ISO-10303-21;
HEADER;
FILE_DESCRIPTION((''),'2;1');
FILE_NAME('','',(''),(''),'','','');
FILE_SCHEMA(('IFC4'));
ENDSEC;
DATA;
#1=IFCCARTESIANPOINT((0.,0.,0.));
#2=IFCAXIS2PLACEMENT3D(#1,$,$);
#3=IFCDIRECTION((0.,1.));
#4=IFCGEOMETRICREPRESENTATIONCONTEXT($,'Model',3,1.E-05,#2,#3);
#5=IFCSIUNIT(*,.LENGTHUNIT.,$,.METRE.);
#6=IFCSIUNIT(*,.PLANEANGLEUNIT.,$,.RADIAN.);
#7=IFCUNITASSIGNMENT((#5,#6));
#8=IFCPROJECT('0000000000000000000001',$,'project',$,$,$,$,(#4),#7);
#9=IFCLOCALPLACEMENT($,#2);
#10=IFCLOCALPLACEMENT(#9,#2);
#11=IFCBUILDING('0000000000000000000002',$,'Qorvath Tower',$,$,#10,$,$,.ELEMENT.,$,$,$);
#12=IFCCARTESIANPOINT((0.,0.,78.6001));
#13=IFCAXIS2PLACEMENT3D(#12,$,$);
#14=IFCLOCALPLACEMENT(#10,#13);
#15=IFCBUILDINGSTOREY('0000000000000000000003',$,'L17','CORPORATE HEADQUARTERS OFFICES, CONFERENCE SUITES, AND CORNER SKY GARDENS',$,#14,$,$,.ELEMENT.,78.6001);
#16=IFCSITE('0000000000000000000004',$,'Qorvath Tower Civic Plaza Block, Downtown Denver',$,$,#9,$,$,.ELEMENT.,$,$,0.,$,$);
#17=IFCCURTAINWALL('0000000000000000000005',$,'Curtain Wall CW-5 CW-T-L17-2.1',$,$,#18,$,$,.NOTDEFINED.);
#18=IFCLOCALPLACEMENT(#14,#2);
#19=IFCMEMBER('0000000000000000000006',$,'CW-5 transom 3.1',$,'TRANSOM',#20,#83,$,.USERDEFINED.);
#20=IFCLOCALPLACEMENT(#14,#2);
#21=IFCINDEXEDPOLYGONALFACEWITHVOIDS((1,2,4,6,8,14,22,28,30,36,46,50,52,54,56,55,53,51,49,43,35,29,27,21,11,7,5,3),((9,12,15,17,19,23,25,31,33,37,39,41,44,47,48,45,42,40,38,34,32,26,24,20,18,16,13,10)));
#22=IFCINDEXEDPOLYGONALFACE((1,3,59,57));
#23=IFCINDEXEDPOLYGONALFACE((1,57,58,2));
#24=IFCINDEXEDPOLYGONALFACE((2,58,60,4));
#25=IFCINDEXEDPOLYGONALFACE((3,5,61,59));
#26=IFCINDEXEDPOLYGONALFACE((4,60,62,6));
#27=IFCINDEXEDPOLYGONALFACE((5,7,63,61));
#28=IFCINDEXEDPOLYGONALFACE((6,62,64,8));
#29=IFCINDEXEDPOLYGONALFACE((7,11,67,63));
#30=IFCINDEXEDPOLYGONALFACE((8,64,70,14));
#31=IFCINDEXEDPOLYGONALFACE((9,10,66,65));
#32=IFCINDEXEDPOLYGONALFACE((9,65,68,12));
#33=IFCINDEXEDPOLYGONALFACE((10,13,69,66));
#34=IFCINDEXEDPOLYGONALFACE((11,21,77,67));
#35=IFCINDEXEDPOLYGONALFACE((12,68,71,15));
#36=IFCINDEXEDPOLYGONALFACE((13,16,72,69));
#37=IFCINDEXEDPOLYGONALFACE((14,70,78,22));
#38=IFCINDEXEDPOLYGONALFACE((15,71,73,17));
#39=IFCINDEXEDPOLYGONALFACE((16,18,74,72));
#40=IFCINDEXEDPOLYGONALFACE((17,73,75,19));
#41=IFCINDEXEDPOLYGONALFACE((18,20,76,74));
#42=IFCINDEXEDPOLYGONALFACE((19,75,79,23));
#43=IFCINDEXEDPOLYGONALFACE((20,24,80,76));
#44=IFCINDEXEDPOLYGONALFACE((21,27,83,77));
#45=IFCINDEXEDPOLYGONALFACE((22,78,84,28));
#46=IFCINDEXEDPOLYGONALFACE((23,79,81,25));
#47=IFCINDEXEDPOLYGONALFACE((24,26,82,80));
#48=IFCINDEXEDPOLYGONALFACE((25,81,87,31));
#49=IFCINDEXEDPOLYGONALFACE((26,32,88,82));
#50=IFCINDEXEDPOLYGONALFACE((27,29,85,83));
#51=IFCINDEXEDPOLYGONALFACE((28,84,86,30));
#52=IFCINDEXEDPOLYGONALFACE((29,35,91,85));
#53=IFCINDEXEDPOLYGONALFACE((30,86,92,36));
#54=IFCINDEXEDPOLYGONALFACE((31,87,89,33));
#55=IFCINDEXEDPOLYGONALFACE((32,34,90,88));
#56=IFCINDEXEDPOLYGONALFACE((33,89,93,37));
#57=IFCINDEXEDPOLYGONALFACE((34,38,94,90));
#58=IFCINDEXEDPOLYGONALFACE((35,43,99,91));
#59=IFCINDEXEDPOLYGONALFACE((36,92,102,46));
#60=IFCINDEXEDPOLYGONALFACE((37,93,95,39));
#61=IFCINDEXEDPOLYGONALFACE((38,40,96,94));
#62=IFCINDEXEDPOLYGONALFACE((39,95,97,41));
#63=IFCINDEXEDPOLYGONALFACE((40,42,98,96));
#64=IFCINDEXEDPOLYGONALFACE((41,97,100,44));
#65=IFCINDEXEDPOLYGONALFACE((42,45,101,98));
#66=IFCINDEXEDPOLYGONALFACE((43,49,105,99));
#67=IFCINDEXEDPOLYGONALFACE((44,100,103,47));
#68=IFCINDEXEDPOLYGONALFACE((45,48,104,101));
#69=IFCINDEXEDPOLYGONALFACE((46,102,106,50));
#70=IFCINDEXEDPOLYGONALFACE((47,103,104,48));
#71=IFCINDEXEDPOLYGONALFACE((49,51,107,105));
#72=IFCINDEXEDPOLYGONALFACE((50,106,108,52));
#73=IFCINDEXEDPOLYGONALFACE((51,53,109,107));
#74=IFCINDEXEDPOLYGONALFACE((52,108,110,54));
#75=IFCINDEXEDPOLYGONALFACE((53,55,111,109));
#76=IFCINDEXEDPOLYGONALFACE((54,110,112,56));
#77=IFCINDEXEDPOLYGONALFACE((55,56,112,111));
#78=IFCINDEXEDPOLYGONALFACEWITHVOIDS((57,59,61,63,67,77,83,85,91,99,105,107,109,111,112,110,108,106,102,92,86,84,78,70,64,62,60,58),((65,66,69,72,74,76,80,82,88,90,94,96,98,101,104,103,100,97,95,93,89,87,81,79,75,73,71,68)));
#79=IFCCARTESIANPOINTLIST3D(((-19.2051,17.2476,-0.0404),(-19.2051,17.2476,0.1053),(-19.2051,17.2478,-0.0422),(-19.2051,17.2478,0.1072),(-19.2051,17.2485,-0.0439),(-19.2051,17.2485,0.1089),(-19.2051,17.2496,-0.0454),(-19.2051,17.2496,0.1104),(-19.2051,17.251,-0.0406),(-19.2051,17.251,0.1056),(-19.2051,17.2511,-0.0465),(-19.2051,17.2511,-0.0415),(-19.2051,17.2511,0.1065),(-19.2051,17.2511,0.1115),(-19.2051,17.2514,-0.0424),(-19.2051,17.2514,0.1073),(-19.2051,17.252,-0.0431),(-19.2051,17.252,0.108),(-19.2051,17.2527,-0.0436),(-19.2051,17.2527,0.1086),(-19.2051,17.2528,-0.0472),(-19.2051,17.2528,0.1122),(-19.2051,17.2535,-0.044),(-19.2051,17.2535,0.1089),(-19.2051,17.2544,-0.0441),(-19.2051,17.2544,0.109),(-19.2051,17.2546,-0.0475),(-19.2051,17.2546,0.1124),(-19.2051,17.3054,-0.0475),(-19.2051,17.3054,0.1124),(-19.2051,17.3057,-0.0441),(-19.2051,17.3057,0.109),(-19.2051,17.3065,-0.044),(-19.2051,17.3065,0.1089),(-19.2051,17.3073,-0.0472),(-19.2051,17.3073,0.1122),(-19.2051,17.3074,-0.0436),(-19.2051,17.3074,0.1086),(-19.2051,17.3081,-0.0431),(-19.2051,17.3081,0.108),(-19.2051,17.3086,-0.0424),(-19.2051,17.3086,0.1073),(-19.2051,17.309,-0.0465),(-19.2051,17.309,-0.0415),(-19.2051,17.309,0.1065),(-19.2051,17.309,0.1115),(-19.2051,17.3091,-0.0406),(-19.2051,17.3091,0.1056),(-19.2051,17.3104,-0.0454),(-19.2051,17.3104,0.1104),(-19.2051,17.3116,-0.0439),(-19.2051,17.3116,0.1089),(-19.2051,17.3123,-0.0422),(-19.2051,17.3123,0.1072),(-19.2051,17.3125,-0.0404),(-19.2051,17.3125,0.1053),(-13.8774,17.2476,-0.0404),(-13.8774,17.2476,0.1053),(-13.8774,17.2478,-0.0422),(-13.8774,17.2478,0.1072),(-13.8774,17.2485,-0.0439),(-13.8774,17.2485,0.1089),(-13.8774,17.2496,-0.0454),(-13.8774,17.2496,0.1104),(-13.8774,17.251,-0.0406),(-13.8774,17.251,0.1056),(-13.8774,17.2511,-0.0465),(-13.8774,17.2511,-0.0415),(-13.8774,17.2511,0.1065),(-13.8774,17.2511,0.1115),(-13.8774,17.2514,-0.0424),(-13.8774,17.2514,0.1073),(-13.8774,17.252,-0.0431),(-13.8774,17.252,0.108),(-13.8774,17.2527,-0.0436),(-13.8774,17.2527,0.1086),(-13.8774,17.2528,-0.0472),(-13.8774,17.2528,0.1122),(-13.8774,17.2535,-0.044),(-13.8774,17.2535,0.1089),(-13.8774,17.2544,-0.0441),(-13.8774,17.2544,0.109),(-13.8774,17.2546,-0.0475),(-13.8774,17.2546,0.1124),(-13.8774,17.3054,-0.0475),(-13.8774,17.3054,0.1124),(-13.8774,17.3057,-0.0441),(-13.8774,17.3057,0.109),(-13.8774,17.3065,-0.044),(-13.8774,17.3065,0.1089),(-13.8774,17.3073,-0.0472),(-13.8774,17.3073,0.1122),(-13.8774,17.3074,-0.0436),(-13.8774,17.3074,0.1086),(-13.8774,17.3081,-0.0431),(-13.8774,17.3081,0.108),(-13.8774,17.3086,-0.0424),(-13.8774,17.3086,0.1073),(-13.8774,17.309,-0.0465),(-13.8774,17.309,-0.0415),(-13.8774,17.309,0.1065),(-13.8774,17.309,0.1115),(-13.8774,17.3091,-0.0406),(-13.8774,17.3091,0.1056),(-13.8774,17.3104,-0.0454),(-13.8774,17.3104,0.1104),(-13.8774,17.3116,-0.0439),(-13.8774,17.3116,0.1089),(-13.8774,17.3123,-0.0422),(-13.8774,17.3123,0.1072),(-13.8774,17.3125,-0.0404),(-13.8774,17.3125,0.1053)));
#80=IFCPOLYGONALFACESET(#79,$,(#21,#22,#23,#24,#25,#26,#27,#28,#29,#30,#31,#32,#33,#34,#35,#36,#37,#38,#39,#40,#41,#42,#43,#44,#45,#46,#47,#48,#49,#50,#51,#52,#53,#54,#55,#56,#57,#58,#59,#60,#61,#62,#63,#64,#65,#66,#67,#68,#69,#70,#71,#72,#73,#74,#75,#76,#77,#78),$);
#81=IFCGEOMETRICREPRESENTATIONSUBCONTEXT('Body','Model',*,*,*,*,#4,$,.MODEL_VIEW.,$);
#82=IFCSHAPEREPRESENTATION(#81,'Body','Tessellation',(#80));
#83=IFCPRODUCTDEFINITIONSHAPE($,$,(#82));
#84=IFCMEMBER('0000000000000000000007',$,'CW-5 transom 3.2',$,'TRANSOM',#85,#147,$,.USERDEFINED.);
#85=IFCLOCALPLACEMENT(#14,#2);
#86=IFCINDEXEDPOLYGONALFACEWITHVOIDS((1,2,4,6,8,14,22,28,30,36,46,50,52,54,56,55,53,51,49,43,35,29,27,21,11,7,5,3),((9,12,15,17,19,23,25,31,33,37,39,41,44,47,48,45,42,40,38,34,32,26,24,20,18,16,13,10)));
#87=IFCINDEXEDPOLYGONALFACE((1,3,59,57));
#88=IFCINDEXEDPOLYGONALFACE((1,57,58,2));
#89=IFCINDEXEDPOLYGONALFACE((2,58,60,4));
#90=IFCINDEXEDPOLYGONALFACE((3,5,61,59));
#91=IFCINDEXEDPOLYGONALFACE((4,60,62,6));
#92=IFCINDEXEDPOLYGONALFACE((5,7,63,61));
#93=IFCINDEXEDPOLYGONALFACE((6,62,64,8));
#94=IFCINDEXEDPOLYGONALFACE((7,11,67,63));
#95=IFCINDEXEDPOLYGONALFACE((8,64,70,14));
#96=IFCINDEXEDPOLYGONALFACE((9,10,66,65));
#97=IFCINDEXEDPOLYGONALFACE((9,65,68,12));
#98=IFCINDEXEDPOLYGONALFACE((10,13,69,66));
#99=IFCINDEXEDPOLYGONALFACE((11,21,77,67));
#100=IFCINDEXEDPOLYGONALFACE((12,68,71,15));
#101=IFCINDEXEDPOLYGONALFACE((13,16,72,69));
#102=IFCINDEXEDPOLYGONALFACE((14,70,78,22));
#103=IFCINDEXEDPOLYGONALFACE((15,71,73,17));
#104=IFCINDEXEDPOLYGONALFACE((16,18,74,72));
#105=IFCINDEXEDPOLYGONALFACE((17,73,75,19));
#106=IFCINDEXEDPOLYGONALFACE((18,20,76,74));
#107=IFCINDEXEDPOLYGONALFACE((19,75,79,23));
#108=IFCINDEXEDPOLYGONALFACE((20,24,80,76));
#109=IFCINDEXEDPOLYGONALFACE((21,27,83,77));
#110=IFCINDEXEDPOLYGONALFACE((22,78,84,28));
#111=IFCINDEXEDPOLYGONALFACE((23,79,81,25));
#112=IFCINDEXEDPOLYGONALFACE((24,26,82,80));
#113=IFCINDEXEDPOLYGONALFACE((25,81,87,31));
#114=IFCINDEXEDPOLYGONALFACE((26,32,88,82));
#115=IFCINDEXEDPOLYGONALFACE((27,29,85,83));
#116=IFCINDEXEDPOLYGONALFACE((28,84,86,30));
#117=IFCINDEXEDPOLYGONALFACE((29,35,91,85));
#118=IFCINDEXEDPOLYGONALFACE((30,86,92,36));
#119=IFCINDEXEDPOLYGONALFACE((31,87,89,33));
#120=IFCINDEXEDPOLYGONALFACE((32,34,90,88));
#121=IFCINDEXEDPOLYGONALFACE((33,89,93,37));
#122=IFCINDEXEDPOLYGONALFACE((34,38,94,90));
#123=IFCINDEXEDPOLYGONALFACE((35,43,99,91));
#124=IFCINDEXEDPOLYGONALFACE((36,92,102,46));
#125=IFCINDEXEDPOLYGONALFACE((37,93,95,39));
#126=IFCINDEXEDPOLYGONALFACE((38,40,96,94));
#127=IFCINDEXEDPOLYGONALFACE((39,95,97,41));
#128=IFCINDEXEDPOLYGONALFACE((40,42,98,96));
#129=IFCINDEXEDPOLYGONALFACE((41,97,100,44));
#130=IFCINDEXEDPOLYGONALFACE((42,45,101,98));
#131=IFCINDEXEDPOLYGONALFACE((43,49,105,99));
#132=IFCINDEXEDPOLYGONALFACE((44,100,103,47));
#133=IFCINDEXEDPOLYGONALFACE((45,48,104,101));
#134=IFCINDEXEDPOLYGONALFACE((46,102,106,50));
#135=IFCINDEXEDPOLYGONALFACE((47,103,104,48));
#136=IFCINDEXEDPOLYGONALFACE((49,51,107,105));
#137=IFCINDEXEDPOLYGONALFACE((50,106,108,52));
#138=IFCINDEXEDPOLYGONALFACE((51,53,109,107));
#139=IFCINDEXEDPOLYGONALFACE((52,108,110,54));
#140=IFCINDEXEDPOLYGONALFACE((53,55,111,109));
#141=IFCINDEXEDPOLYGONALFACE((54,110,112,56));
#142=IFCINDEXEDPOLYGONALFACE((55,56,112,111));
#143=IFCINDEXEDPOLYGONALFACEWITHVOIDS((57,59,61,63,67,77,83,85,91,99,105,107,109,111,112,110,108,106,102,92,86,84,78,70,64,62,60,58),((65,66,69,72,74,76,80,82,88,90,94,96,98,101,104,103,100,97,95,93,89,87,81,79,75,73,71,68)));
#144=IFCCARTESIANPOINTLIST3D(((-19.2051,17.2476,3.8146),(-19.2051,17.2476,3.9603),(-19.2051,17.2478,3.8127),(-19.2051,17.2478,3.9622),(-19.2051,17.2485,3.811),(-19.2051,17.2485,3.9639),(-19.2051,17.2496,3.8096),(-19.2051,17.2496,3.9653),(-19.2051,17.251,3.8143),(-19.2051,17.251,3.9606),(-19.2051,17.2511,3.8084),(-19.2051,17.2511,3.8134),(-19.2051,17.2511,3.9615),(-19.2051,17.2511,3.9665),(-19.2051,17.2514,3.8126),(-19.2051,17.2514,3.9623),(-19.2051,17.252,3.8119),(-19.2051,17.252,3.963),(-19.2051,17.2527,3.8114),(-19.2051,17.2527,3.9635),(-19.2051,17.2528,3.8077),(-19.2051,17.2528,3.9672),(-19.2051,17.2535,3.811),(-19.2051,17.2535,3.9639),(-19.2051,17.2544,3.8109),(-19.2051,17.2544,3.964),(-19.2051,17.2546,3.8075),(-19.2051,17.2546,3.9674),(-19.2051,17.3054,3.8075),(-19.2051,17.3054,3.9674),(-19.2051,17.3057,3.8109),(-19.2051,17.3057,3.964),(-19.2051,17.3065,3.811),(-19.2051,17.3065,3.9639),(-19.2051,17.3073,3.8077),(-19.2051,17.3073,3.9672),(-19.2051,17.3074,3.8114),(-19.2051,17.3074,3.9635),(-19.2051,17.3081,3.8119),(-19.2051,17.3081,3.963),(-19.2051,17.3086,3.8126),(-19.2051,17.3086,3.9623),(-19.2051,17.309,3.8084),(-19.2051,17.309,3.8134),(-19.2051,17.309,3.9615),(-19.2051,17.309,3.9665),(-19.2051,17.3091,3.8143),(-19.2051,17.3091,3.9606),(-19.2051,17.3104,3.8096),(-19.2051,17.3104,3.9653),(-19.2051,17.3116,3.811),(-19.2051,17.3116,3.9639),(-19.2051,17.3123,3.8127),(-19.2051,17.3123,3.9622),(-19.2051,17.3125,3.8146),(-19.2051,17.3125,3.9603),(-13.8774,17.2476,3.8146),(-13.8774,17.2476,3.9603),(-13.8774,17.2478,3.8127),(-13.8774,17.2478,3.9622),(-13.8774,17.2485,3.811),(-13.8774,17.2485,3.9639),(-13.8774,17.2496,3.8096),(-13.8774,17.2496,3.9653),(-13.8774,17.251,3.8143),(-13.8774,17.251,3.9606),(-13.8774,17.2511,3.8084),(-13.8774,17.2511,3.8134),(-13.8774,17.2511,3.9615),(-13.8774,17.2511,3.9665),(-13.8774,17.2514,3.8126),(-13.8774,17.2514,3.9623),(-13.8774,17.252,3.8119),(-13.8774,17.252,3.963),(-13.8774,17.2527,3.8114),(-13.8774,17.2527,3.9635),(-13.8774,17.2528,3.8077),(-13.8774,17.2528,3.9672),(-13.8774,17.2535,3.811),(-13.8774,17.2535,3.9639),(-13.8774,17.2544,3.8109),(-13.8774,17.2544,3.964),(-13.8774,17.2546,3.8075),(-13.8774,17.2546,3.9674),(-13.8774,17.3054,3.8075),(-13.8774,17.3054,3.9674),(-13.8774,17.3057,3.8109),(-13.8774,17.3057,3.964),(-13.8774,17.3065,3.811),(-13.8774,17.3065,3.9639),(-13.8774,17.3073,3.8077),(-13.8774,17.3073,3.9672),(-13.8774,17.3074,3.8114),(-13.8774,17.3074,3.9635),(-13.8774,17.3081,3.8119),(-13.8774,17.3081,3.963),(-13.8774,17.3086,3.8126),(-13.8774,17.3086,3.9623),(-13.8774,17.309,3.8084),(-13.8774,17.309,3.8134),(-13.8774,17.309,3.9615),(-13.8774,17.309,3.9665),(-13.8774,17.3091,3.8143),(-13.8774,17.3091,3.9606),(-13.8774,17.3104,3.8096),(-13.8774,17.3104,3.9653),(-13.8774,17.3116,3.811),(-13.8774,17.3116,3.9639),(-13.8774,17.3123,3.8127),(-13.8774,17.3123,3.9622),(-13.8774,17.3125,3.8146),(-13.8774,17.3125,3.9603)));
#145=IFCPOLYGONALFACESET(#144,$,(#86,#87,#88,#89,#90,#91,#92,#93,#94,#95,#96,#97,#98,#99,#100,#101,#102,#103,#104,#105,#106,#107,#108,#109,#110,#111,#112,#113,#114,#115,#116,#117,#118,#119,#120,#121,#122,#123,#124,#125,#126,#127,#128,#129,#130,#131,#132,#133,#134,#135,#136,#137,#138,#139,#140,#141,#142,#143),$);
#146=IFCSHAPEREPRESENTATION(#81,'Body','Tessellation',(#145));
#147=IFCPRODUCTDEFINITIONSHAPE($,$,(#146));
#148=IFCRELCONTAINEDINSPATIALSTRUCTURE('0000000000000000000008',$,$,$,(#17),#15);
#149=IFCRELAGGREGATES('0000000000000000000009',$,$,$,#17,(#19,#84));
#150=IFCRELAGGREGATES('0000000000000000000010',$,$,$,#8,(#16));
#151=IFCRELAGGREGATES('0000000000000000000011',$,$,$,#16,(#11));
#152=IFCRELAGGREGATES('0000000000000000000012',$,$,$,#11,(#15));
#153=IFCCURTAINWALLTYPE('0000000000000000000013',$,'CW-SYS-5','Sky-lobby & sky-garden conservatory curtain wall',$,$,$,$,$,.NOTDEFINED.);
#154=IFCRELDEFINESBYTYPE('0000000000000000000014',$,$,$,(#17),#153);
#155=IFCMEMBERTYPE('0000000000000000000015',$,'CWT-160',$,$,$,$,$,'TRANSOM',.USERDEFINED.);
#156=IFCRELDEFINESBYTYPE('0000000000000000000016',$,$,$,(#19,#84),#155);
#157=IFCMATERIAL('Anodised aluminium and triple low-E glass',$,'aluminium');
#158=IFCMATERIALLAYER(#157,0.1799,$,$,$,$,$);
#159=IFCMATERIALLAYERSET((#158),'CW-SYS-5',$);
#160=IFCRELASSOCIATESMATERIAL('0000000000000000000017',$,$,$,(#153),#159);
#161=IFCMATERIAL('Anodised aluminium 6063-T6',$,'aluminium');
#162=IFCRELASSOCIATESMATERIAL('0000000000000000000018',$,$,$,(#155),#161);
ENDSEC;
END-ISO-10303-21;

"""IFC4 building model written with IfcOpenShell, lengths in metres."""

from ifc_helpers import new_model, si_unit, direction, frame, origin, origin_2d, place, context, subcontext, project, spatial, hollow_rectangle, extrude, material, layer, layer_set, material_profile, profile_set, type_object, element, aggregate, save


model = new_model("IFC4")

# Units and contexts
model_context = context("Model", 3, precision=1e-05, world=origin(), true_north=direction((0.0, 1.0)))
body_context = subcontext(model_context, "Body", "Model", "MODEL_VIEW")
ifc_project = project(units=[si_unit("LENGTHUNIT", "METRE"), si_unit("PLANEANGLEUNIT", "RADIAN")], contexts=[model_context])

# Site, building, storey
site_placement = place(None, origin())
site = spatial("IfcSite", under=ifc_project, at=site_placement, Name="Qorvath Tower Civic Plaza Block, Downtown Denver", CompositionType="ELEMENT", RefElevation=0.0)
building_placement = place(site_placement, origin())
building = spatial("IfcBuilding", under=site, at=building_placement, Name="Qorvath Tower", CompositionType="ELEMENT")
storey_placement = place(building_placement, frame((0.0, 0.0, 78.6001)))
storey = spatial("IfcBuildingStorey", under=building, at=storey_placement, Name="L17", Description="CORPORATE HEADQUARTERS OFFICES, CONFERENCE SUITES, AND CORNER SKY GARDENS", CompositionType="ELEMENT", Elevation=78.6001)

# Curtain wall
ifc_material_1 = material(Name="Anodised aluminium and triple low-E glass", Category="aluminium")
ifc_layer_1 = layer(ifc_material_1, 0.1799)
ifc_layer_set_1 = layer_set([ifc_layer_1], Name="CW-SYS-5")
curtain_wall_type = type_object("IfcCurtainWallType", Name="CW-SYS-5", Description="Sky-lobby & sky-garden conservatory curtain wall", PredefinedType="NOTDEFINED", material=ifc_layer_set_1)
curtain_wall_1_placement = place(storey_placement, origin())
curtain_wall_1 = element("IfcCurtainWall", 1, at=curtain_wall_1_placement, inside=storey, type_object=curtain_wall_type, Name="Curtain Wall CW-5 CW-T-L17-2.1", PredefinedType="NOTDEFINED")

# Members
ifc_material_2 = material(Name="Anodised aluminium 6063-T6", Category="aluminium")
ifc_material_profile_1 = material_profile(ifc_material_2, hollow_rectangle(XDim=0.0649, YDim=0.1599, WallThickness=0.0034, InnerFilletRadius=0.0034, OuterFilletRadius=0.0071, at=origin_2d()), Name="CWT 160x65")
ifc_profile_set_1 = profile_set([ifc_material_profile_1], Name="Anodised aluminium 6063-T6")
member_type_1 = type_object("IfcMemberType", Name="CWT-160", ElementType="TRANSOM", PredefinedType="USERDEFINED", material=ifc_profile_set_1)
member_1_placement = place(storey_placement, frame((-13.8774, 17.28, 0.0325), z_axis=(-1.0, 0.0, 0.0), x_axis=(0.0, -1.0, 0.0)))
member_1 = element("IfcMember", 2, at=member_1_placement, type_object=member_type_1, Name="CW-5 transom 3.1", ObjectType="TRANSOM", PredefinedType="USERDEFINED", context=body_context, shape_type="SweptSolid", body=[
    extrude(hollow_rectangle(XDim=0.0649, YDim=0.1599, WallThickness=0.0034, InnerFilletRadius=0.0034, OuterFilletRadius=0.0071, at=origin_2d()), origin(), (0.0, 0.0, 1.0), 5.3276),
])
member_2_placement = place(storey_placement, frame((-13.8774, 17.28, 3.8875), z_axis=(-1.0, 0.0, 0.0), x_axis=(0.0, -1.0, 0.0)))
member_2 = element("IfcMember", 3, at=member_2_placement, type_object=member_type_1, Name="CW-5 transom 3.2", ObjectType="TRANSOM", PredefinedType="USERDEFINED", context=body_context, shape_type="SweptSolid", body=[
    extrude(hollow_rectangle(XDim=0.0649, YDim=0.1599, WallThickness=0.0034, InnerFilletRadius=0.0034, OuterFilletRadius=0.0071, at=origin_2d()), origin(), (0.0, 0.0, 1.0), 5.3276),
])

aggregate(curtain_wall_1, [member_1, member_2])

save(model, "model.ifc")
